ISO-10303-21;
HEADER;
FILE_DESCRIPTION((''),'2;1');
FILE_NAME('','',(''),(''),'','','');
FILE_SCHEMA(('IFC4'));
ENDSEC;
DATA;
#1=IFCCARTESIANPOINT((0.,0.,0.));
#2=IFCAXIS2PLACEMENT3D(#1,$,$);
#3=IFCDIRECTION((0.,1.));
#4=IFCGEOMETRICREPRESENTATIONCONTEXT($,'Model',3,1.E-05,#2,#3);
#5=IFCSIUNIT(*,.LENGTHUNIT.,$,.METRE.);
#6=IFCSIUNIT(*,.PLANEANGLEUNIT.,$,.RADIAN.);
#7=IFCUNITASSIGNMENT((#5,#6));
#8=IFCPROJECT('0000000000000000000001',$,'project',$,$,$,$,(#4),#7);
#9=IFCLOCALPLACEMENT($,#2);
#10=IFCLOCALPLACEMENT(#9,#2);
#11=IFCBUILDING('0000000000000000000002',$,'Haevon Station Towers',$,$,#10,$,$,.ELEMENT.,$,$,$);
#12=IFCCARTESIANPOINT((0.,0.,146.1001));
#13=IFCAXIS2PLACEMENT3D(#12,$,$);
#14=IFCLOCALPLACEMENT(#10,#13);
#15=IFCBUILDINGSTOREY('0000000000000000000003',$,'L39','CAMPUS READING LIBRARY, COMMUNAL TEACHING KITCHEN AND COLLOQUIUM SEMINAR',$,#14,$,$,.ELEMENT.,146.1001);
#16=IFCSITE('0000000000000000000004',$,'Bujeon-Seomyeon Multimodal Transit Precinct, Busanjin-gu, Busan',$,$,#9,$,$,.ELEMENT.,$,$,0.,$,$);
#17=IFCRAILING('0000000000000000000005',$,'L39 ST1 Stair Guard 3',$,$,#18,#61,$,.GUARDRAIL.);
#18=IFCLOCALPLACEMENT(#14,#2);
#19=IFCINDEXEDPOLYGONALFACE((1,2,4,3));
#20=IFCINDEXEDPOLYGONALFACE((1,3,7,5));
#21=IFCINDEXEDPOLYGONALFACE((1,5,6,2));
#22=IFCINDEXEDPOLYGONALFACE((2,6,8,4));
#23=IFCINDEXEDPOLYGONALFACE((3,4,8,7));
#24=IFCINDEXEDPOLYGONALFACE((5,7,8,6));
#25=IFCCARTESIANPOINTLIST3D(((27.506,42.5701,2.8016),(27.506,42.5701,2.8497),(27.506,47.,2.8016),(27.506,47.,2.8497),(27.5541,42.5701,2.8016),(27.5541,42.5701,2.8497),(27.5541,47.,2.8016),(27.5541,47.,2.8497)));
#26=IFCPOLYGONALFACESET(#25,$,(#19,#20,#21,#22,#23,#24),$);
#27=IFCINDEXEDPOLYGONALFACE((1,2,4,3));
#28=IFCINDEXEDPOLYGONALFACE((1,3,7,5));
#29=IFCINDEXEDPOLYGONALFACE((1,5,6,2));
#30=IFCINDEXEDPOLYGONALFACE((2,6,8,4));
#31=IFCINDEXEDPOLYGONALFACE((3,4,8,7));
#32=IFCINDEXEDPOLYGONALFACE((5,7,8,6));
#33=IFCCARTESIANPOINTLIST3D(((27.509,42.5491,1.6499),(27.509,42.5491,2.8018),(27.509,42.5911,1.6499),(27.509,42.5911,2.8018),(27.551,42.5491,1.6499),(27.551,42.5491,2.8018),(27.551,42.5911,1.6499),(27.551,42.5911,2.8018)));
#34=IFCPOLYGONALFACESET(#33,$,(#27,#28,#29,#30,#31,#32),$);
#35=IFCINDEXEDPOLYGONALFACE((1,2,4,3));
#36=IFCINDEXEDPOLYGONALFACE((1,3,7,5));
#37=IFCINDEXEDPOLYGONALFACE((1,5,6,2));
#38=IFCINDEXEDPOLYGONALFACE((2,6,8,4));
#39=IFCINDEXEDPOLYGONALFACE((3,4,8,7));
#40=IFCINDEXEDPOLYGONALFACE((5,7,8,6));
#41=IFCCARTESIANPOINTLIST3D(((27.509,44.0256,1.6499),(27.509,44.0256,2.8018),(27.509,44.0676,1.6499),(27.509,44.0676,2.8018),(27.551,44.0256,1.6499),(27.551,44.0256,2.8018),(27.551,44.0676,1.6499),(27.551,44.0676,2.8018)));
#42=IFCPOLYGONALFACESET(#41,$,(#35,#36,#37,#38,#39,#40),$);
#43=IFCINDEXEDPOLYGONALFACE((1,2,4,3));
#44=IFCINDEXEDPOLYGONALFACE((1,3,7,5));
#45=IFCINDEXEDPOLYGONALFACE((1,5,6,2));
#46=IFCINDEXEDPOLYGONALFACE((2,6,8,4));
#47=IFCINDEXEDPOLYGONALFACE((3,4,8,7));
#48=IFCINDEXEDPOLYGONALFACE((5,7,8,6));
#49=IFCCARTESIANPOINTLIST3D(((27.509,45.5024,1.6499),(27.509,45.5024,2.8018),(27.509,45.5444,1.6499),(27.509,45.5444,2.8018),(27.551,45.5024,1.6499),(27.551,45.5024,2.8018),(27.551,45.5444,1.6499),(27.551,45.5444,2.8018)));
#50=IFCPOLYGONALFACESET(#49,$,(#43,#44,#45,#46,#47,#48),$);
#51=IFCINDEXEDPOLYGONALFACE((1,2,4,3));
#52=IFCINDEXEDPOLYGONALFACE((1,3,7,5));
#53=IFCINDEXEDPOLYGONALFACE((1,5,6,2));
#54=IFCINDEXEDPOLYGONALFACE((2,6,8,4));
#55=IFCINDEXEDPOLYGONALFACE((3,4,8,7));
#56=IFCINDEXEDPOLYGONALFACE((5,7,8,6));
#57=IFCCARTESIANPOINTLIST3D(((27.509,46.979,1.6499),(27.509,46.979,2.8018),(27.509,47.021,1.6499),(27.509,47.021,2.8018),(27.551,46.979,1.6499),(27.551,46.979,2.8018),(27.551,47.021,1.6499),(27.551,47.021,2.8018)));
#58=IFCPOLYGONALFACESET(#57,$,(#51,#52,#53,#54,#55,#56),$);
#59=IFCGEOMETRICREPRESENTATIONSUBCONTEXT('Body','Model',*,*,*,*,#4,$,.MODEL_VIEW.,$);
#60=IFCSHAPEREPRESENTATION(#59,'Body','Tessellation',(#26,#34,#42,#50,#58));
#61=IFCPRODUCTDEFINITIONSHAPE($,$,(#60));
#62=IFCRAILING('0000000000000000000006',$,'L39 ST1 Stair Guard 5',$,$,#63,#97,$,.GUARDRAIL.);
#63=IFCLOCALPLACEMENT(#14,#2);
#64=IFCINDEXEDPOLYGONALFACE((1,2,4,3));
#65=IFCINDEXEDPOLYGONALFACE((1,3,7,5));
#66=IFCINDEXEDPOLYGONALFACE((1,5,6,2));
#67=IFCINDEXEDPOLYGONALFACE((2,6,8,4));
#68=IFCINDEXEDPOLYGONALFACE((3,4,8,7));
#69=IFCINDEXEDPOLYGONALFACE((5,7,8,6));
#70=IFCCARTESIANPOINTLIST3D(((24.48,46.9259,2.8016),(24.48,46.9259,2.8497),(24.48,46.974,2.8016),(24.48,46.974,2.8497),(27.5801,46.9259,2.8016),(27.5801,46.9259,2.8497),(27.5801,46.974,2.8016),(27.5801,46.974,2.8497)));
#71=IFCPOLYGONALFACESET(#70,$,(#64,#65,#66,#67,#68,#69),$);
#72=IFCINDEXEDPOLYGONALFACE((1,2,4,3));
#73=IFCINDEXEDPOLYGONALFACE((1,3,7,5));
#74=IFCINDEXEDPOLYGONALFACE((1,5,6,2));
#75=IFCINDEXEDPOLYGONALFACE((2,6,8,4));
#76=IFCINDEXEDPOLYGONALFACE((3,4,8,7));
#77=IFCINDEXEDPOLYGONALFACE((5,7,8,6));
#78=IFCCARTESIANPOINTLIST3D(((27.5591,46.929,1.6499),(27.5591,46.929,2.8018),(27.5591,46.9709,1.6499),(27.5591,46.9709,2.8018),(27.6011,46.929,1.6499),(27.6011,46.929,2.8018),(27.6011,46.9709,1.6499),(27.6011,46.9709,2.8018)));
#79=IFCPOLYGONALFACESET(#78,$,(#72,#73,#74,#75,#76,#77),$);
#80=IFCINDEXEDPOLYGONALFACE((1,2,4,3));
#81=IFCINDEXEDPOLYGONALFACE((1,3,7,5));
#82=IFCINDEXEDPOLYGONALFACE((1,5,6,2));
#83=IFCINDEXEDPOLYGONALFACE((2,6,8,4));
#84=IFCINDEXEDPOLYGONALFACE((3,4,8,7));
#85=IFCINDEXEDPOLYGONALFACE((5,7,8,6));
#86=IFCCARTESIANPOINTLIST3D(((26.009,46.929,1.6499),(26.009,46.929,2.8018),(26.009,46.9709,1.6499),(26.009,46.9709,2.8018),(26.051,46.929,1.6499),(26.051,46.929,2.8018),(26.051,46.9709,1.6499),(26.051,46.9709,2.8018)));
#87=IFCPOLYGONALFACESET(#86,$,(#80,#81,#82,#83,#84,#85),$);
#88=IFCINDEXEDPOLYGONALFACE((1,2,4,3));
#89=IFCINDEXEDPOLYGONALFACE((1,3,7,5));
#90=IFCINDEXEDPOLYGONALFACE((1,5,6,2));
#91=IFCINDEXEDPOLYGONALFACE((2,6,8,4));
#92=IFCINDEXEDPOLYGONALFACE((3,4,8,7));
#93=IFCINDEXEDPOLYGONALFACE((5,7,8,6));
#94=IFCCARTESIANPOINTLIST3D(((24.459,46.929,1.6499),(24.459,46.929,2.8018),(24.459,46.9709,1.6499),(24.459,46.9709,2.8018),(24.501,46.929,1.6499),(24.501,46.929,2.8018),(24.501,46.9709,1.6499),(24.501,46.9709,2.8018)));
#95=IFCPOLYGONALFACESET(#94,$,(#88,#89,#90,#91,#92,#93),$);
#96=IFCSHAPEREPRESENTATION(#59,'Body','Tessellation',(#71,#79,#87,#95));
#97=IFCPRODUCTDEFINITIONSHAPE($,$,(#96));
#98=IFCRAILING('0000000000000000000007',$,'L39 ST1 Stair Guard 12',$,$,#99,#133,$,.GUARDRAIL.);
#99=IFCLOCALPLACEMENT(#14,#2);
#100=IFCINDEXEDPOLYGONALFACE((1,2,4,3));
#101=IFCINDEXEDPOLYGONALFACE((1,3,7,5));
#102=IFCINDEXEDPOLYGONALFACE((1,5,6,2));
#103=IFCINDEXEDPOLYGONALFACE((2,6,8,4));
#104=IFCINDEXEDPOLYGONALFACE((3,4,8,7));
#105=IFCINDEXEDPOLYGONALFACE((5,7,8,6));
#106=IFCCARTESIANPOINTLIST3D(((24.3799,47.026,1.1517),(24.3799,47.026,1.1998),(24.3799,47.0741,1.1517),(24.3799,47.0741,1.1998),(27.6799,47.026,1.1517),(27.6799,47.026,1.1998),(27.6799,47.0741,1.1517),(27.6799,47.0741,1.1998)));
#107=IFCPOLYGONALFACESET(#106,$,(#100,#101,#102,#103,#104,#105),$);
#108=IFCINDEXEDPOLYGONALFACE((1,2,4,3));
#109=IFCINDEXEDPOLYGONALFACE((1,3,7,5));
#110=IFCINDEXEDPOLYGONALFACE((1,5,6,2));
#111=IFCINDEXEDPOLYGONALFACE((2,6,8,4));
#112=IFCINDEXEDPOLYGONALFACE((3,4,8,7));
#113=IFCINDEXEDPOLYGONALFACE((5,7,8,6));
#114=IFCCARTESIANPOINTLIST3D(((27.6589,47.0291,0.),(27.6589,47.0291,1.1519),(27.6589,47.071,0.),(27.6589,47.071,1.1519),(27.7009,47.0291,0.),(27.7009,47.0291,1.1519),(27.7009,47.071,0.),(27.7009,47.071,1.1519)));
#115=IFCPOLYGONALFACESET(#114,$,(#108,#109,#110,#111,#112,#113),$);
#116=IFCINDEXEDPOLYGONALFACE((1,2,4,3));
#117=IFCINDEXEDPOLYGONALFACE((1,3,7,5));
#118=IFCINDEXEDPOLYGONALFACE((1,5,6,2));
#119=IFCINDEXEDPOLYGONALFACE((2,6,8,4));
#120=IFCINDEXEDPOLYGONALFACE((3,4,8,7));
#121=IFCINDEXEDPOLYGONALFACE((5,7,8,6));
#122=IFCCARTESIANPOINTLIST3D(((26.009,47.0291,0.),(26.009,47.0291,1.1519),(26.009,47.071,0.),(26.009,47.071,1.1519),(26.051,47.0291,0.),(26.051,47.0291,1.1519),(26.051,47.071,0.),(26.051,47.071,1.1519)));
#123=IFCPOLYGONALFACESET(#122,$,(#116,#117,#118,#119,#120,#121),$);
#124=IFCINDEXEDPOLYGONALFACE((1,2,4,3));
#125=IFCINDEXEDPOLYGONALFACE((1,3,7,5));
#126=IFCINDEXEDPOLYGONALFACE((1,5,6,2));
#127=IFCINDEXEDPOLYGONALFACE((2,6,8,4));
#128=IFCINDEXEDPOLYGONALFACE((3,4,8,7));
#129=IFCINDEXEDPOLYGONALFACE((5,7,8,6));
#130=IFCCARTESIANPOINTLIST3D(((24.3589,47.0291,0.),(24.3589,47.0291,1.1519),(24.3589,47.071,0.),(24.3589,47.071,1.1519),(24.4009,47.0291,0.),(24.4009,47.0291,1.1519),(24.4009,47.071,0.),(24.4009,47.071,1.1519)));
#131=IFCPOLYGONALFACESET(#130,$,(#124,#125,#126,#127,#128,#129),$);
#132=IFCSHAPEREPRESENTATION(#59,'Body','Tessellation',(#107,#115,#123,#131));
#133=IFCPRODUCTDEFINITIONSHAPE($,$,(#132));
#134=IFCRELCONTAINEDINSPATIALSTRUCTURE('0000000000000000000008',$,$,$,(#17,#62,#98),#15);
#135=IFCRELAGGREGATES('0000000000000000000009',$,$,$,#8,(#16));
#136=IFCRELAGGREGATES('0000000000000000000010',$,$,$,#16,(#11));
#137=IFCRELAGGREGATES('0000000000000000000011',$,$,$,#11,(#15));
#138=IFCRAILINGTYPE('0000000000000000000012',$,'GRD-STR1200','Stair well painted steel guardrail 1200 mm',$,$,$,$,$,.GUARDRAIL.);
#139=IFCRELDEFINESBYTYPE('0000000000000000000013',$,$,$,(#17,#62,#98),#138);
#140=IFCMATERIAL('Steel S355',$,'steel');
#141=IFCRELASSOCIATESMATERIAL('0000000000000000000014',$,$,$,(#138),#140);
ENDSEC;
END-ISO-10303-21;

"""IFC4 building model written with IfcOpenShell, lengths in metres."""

from ifc_helpers import new_model, si_unit, direction, frame, origin, origin_2d, place, context, subcontext, project, spatial, rectangle, extrude, material, type_object, element, save


model = new_model("IFC4")

# Units and contexts
model_context = context("Model", 3, precision=1e-05, world=origin(), true_north=direction((0.0, 1.0)))
body_context = subcontext(model_context, "Body", "Model", "MODEL_VIEW")
ifc_project = project(units=[si_unit("LENGTHUNIT", "METRE"), si_unit("PLANEANGLEUNIT", "RADIAN")], contexts=[model_context])

# Site, building, storey
site_placement = place(None, origin())
site = spatial("IfcSite", under=ifc_project, at=site_placement, Name="Bujeon-Seomyeon Multimodal Transit Precinct, Busanjin-gu, Busan", CompositionType="ELEMENT", RefElevation=0.0)
building_placement = place(site_placement, origin())
building = spatial("IfcBuilding", under=site, at=building_placement, Name="Haevon Station Towers", CompositionType="ELEMENT")
storey_placement = place(building_placement, frame((0.0, 0.0, 146.1001)))
storey = spatial("IfcBuildingStorey", under=building, at=storey_placement, Name="L39", Description="CAMPUS READING LIBRARY, COMMUNAL TEACHING KITCHEN AND COLLOQUIUM SEMINAR", CompositionType="ELEMENT", Elevation=146.1001)

# Shared definitions
ifc_material_1 = material(Name="Steel S355", Category="steel")

# Railings
railing_type = type_object("IfcRailingType", Name="GRD-STR1200", Description="Stair well painted steel guardrail 1200 mm", PredefinedType="GUARDRAIL", material=ifc_material_1)
railing_1_placement = place(storey_placement, frame((27.53, 42.5701, 1.6499)))
element("IfcRailing", 1, at=railing_1_placement, inside=storey, type_object=railing_type, Name="L39 ST1 Stair Guard 3", PredefinedType="GUARDRAIL", context=body_context, shape_type="SweptSolid", body=[
    extrude(rectangle(XDim=0.0481, YDim=0.0481, at=origin_2d()), frame((0.0, 0.0, 1.1758), z_axis=(0.0, 1.0, 0.0), x_axis=(-1.0, 0.0, 0.0)), (0.0, 0.0, 1.0), 4.4299),
    extrude(rectangle(XDim=0.042, YDim=0.042, at=origin_2d()), origin(), (0.0, 0.0, 1.0), 1.1519),
    extrude(rectangle(XDim=0.042, YDim=0.042, at=origin_2d()), frame((0.0, 1.4766, 0.0)), (0.0, 0.0, 1.0), 1.1519),
    extrude(rectangle(XDim=0.042, YDim=0.042, at=origin_2d()), frame((0.0, 2.9534, 0.0)), (0.0, 0.0, 1.0), 1.1519),
    extrude(rectangle(XDim=0.042, YDim=0.042, at=origin_2d()), frame((0.0, 4.4299, 0.0)), (0.0, 0.0, 1.0), 1.1519),
])
railing_2_placement = place(storey_placement, frame((27.5801, 46.95, 1.6499)))
element("IfcRailing", 2, at=railing_2_placement, inside=storey, type_object=railing_type, Name="L39 ST1 Stair Guard 5", PredefinedType="GUARDRAIL", context=body_context, shape_type="SweptSolid", body=[
    extrude(rectangle(XDim=0.0481, YDim=0.0481, at=origin_2d()), frame((0.0, 0.0, 1.1758), z_axis=(-1.0, 0.0, 0.0), x_axis=(0.0, -1.0, 0.0)), (0.0, 0.0, 1.0), 3.1001),
    extrude(rectangle(XDim=0.042, YDim=0.042, at=origin_2d()), origin(), (0.0, 0.0, 1.0), 1.1519),
    extrude(rectangle(XDim=0.042, YDim=0.042, at=origin_2d()), frame((-1.55, 0.0, 0.0)), (0.0, 0.0, 1.0), 1.1519),
    extrude(rectangle(XDim=0.042, YDim=0.042, at=origin_2d()), frame((-3.1001, 0.0, 0.0)), (0.0, 0.0, 1.0), 1.1519),
])
railing_3_placement = place(storey_placement, frame((27.6799, 47.05, 0.0)))
element("IfcRailing", 3, at=railing_3_placement, inside=storey, type_object=railing_type, Name="L39 ST1 Stair Guard 12", PredefinedType="GUARDRAIL", context=body_context, shape_type="SweptSolid", body=[
    extrude(rectangle(XDim=0.0481, YDim=0.0481, at=origin_2d()), frame((0.0, 0.0, 1.1758), z_axis=(-1.0, 0.0, 0.0), x_axis=(0.0, -1.0, 0.0)), (0.0, 0.0, 1.0), 3.3),
    extrude(rectangle(XDim=0.042, YDim=0.042, at=origin_2d()), origin(), (0.0, 0.0, 1.0), 1.1519),
    extrude(rectangle(XDim=0.042, YDim=0.042, at=origin_2d()), frame((-1.6499, 0.0, 0.0)), (0.0, 0.0, 1.0), 1.1519),
    extrude(rectangle(XDim=0.042, YDim=0.042, at=origin_2d()), frame((-3.3, 0.0, 0.0)), (0.0, 0.0, 1.0), 1.1519),
])

save(model, "model.ifc")
